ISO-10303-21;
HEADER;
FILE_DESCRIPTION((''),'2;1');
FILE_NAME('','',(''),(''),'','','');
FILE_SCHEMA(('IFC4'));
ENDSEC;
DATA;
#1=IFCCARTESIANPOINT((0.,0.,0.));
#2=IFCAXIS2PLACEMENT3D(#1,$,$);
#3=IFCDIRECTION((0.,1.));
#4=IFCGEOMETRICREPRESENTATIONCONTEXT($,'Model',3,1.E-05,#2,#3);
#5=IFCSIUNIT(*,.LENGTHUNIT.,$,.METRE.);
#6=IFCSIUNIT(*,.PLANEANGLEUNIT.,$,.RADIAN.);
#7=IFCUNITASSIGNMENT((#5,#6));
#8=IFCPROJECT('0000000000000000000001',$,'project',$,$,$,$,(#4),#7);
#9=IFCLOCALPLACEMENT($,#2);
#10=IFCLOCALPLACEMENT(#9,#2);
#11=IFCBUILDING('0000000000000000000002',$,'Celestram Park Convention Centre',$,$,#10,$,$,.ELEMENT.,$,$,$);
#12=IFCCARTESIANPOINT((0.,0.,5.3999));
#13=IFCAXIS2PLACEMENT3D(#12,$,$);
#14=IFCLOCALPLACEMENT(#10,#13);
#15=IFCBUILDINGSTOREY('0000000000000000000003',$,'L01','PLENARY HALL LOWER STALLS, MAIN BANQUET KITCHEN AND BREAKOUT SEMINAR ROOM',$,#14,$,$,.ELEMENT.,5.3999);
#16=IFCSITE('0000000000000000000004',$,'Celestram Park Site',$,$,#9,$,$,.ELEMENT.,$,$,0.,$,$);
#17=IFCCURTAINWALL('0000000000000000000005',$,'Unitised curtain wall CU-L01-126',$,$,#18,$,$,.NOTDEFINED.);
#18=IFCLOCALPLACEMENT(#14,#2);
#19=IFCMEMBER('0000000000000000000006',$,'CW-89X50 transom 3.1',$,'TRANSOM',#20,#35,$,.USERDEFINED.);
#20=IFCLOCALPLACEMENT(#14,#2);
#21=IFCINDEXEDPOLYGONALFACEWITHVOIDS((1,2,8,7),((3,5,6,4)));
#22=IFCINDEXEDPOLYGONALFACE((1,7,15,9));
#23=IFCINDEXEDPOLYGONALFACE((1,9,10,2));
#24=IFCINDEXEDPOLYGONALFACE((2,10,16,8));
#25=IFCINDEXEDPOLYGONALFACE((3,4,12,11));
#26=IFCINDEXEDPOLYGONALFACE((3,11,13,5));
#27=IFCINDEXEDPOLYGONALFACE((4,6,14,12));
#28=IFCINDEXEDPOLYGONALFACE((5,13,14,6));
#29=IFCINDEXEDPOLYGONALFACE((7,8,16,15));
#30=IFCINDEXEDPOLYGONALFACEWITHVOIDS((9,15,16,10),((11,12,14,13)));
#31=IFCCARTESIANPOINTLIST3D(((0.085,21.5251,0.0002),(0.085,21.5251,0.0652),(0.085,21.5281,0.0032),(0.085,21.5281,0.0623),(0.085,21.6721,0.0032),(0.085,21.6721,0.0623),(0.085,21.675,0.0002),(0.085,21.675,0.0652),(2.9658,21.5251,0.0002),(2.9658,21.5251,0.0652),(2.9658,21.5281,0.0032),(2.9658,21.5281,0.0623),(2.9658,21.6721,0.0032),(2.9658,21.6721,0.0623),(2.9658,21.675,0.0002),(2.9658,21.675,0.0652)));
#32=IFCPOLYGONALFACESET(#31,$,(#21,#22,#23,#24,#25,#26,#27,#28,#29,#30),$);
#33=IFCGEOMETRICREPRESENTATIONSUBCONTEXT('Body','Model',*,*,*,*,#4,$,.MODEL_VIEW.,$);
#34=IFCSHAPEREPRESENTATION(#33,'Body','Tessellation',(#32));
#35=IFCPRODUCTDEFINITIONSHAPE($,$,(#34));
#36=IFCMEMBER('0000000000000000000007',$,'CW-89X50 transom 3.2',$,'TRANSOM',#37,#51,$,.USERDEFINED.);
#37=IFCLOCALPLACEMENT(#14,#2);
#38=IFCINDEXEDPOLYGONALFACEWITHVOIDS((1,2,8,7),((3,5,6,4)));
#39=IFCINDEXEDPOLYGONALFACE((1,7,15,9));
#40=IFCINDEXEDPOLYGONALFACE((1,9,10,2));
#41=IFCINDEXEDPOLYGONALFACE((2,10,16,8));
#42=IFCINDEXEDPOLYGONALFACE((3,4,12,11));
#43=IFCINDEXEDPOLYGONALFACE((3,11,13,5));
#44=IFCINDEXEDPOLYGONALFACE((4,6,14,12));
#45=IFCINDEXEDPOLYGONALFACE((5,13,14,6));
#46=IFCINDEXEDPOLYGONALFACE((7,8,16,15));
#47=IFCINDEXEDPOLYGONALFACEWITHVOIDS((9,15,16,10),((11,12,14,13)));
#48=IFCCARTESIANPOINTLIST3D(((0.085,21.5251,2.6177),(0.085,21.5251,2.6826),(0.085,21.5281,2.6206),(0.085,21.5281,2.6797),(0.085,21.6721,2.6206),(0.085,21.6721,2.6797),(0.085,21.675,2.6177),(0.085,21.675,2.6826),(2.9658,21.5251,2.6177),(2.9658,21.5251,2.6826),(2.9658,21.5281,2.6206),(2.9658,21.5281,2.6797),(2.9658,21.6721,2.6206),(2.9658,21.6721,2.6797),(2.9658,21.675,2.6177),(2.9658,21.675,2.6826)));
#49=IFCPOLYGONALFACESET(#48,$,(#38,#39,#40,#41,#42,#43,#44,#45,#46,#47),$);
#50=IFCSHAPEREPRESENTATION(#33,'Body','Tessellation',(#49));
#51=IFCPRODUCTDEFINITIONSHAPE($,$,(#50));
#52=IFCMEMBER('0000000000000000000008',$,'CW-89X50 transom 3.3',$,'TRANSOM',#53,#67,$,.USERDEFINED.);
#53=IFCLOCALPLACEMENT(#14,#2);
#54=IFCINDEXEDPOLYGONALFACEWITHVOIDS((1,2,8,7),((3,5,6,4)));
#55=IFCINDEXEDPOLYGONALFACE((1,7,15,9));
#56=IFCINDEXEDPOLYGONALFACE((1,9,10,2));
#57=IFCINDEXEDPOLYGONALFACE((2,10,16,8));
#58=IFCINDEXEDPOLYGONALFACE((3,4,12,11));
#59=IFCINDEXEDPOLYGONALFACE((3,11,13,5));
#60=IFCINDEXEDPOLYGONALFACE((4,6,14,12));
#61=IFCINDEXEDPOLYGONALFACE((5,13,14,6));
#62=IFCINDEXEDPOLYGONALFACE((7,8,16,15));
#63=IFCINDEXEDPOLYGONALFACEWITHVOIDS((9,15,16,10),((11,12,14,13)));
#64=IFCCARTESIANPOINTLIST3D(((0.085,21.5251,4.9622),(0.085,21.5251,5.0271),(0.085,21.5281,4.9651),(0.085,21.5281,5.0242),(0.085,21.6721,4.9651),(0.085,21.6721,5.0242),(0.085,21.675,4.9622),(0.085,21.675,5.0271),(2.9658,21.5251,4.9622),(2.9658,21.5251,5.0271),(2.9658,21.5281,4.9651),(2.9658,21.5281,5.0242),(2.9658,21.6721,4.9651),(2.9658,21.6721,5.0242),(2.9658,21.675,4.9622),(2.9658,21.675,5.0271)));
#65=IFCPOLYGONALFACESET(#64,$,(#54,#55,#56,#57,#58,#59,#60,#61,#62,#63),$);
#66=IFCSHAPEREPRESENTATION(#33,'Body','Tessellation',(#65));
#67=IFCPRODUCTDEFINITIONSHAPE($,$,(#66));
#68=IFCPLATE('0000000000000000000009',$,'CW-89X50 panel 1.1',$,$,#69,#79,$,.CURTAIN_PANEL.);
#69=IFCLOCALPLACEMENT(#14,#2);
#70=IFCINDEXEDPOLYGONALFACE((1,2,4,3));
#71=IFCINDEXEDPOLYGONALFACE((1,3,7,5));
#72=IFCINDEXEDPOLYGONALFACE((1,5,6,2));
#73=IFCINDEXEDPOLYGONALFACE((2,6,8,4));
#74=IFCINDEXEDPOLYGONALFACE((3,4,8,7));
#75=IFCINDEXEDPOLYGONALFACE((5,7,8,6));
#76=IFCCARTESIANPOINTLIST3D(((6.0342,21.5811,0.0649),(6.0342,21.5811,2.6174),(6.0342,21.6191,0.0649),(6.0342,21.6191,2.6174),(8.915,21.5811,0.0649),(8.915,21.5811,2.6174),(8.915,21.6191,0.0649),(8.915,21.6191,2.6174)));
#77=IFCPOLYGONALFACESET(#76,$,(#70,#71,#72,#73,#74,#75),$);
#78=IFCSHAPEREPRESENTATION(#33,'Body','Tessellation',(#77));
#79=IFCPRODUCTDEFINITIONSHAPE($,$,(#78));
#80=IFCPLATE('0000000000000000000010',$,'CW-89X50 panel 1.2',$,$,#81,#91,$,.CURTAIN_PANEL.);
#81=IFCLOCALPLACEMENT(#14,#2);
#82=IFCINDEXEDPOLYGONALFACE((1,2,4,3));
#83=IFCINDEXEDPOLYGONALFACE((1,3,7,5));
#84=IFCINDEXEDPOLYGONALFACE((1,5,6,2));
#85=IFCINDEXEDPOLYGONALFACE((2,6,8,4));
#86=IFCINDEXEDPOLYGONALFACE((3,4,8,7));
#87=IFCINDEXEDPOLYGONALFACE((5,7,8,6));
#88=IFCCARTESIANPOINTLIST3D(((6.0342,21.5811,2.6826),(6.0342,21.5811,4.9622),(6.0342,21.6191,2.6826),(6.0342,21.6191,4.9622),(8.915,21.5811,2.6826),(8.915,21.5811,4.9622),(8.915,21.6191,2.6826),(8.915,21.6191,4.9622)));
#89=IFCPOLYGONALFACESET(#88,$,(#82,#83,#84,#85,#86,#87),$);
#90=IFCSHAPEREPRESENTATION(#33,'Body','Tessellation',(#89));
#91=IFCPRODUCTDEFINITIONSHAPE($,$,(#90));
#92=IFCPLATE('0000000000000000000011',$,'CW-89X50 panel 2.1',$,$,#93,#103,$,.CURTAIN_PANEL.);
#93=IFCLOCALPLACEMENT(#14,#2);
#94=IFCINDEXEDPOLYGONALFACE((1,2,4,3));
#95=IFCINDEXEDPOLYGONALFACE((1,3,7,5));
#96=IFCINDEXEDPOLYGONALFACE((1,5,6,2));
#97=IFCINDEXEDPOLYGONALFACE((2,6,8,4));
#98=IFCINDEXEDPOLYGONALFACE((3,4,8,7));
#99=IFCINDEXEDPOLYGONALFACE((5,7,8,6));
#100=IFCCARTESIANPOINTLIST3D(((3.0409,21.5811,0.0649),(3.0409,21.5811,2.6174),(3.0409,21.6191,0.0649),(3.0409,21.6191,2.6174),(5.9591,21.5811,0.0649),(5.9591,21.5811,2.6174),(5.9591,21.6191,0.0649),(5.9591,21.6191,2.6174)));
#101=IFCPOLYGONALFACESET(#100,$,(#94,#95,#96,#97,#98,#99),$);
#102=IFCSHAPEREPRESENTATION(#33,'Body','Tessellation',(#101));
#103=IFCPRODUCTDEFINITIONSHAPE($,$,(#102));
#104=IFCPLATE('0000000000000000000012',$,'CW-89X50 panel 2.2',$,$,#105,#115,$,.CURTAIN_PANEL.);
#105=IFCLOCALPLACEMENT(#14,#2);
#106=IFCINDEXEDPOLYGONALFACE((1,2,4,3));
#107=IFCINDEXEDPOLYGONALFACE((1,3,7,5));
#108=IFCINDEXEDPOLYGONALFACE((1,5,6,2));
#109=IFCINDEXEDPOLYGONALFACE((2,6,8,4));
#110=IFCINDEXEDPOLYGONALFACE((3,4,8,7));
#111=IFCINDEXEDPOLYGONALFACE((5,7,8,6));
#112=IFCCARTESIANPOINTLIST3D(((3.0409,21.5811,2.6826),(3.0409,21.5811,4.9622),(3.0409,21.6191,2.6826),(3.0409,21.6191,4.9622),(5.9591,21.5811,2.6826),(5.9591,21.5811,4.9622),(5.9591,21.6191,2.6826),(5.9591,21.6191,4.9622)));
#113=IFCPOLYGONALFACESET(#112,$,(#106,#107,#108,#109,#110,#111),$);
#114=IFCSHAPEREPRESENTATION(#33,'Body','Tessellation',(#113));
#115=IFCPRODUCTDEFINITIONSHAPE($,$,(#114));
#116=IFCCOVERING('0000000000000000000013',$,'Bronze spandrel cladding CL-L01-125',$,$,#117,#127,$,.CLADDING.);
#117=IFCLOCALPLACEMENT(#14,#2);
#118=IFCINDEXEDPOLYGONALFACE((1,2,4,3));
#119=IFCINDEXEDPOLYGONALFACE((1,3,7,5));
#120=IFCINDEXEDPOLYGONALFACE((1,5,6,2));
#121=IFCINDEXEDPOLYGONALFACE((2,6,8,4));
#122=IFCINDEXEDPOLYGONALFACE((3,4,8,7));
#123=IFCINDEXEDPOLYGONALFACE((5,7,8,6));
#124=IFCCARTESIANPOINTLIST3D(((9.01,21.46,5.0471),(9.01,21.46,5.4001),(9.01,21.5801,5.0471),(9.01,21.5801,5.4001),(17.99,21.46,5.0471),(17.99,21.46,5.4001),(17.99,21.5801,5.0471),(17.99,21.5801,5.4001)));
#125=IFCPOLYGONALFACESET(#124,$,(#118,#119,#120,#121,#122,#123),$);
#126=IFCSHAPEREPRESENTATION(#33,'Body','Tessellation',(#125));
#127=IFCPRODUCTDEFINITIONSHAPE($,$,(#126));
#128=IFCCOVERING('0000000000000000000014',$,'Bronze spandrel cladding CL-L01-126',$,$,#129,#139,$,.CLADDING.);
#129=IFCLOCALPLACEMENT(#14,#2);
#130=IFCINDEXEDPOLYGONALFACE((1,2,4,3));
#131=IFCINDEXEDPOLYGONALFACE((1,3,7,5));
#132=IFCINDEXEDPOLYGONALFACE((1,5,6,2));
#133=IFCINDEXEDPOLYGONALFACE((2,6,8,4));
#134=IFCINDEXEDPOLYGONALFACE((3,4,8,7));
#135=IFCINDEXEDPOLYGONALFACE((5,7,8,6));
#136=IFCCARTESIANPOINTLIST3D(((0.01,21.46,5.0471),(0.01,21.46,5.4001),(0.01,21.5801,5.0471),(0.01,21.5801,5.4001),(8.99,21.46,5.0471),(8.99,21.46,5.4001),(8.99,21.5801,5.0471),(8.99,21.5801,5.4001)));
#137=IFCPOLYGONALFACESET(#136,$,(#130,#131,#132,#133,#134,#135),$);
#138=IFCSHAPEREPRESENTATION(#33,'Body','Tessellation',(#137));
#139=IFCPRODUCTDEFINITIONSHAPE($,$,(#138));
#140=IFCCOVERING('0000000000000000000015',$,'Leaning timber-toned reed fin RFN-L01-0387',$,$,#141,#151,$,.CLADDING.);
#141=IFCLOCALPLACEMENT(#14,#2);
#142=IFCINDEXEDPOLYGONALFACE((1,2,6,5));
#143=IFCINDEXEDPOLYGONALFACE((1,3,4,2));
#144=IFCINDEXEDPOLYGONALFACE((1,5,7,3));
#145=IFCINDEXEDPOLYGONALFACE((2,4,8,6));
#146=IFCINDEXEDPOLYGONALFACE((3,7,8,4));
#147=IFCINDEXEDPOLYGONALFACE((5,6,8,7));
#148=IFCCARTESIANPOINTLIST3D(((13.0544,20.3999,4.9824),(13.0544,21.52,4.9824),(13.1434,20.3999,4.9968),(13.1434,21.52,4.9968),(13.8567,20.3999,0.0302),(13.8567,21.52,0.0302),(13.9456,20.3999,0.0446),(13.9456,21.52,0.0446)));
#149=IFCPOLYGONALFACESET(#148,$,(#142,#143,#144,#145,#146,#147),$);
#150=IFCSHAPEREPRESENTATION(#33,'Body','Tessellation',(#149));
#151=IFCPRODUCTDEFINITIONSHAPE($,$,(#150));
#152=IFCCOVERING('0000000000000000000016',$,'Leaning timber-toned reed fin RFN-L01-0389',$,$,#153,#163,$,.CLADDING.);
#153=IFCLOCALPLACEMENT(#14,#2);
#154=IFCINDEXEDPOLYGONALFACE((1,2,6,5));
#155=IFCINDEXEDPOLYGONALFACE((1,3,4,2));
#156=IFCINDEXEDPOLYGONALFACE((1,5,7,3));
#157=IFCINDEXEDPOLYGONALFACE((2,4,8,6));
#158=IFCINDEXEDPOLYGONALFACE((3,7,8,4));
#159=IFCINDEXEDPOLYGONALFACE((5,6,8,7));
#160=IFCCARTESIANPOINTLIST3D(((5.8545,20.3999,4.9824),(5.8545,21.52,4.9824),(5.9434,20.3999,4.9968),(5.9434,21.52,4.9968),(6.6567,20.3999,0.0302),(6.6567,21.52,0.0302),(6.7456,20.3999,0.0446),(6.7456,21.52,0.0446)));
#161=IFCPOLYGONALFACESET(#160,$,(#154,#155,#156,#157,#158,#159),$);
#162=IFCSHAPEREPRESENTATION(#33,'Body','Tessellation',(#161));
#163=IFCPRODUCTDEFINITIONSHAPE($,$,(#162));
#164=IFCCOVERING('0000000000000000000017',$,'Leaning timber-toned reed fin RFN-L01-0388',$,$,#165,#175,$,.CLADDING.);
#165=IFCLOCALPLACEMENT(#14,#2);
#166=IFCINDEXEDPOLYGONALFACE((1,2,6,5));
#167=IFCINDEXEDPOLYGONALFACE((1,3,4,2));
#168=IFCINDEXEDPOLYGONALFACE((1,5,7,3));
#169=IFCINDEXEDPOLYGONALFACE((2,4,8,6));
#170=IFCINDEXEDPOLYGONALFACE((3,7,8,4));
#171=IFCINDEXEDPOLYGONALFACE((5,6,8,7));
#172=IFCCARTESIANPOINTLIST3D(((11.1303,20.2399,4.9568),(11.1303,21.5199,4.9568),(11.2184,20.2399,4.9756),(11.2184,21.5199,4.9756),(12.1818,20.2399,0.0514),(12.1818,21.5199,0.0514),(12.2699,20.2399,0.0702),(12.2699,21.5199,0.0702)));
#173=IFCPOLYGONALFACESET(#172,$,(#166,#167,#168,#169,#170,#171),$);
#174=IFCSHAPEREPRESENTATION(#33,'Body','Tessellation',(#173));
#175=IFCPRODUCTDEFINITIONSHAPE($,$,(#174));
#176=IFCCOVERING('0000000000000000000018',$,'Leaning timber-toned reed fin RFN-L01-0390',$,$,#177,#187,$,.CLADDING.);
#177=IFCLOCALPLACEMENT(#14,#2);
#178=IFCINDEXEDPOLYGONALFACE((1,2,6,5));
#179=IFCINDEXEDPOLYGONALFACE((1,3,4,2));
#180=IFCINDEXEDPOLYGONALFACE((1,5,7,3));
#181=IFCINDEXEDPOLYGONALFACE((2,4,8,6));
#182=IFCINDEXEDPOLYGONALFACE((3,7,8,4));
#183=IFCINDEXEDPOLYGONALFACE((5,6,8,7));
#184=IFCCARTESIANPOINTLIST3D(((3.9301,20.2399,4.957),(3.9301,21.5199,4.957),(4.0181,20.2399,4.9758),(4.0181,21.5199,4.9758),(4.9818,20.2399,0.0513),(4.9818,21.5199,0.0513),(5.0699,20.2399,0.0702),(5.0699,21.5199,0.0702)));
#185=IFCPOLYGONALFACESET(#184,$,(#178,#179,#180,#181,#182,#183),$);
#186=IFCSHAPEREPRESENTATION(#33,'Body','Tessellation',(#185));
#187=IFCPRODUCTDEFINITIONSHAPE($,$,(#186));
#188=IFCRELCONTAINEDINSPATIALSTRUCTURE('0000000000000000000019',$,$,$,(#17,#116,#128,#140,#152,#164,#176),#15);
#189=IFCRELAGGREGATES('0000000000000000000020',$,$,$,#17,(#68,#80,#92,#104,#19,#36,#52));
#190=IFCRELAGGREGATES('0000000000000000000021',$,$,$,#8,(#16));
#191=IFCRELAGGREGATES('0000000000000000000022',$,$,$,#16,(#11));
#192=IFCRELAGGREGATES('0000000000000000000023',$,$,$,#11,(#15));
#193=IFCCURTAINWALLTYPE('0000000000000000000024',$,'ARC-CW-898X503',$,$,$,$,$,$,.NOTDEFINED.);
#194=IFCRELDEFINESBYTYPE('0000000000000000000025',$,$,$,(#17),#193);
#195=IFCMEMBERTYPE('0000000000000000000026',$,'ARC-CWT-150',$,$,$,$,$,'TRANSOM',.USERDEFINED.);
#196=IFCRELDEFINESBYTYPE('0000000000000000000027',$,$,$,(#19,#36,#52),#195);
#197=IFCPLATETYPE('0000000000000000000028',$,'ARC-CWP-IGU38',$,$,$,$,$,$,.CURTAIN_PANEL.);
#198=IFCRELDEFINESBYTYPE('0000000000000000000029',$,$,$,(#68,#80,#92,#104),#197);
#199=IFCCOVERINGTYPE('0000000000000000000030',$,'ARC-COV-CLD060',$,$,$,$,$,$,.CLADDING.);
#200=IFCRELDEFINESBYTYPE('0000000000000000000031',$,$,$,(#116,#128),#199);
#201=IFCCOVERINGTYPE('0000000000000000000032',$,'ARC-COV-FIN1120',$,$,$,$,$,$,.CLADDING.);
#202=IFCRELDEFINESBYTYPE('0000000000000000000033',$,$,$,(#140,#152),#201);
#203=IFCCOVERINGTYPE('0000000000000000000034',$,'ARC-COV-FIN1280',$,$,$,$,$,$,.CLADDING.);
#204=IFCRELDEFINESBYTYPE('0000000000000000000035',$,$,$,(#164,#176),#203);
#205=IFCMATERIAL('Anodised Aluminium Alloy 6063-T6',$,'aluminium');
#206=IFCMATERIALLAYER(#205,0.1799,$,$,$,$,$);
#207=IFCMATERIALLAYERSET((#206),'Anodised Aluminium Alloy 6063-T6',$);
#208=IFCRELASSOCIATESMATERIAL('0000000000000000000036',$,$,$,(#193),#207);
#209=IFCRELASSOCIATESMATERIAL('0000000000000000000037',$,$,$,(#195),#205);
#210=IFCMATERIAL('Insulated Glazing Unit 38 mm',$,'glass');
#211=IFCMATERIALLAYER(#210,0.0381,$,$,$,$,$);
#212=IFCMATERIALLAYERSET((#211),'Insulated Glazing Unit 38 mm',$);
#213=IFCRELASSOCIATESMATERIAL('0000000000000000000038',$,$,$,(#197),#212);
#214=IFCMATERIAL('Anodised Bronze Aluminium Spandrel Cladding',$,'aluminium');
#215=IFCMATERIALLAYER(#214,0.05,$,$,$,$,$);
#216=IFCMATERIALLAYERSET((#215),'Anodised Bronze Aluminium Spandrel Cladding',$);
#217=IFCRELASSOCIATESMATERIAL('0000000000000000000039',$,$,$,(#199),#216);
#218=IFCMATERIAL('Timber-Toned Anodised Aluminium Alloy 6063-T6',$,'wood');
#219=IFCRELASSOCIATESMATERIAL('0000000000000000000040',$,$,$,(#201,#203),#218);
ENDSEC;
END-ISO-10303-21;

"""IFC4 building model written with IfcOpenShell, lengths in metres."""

from ifc_helpers import new_model, si_unit, direction, frame, origin, origin_2d, place, context, subcontext, project, spatial, rectangle, hollow_rectangle, extrude, material, layer, layer_set, material_profile, profile_set, type_object, element, aggregate, save


model = new_model("IFC4")

# Units and contexts
model_context = context("Model", 3, precision=1e-05, world=origin(), true_north=direction((0.0, 1.0)))
body_context = subcontext(model_context, "Body", "Model", "MODEL_VIEW")
ifc_project = project(units=[si_unit("LENGTHUNIT", "METRE"), si_unit("PLANEANGLEUNIT", "RADIAN")], contexts=[model_context])

# Site, building, storey
site_placement = place(None, origin())
site = spatial("IfcSite", under=ifc_project, at=site_placement, Name="Celestram Park Site", CompositionType="ELEMENT", RefElevation=0.0)
building_placement = place(site_placement, origin())
building = spatial("IfcBuilding", under=site, at=building_placement, Name="Celestram Park Convention Centre", CompositionType="ELEMENT")
storey_placement = place(building_placement, frame((0.0, 0.0, 5.3999)))
storey = spatial("IfcBuildingStorey", under=building, at=storey_placement, Name="L01", Description="PLENARY HALL LOWER STALLS, MAIN BANQUET KITCHEN AND BREAKOUT SEMINAR ROOM", CompositionType="ELEMENT", Elevation=5.3999)

# Curtain wall, members, plates
ifc_material_1 = material(Name="Anodised Aluminium Alloy 6063-T6", Category="aluminium")
ifc_layer_1 = layer(ifc_material_1, 0.1799)
ifc_layer_set_1 = layer_set([ifc_layer_1], Name="Anodised Aluminium Alloy 6063-T6")
curtain_wall_type = type_object("IfcCurtainWallType", Name="ARC-CW-898X503", PredefinedType="NOTDEFINED", material=ifc_layer_set_1)
curtain_wall_placement = place(storey_placement, origin())
curtain_wall = element("IfcCurtainWall", 1, at=curtain_wall_placement, inside=storey, type_object=curtain_wall_type, Name="Unitised curtain wall CU-L01-126", PredefinedType="NOTDEFINED")
ifc_material_profile_1 = material_profile(ifc_material_1, hollow_rectangle(XDim=0.1499, YDim=0.0649, WallThickness=0.0029, at=origin_2d()), Name="ALU150X65X3")
ifc_profile_set_1 = profile_set([ifc_material_profile_1], Name="Anodised Aluminium Alloy 6063-T6")
member_type_1 = type_object("IfcMemberType", Name="ARC-CWT-150", ElementType="TRANSOM", PredefinedType="USERDEFINED", material=ifc_profile_set_1)
member_1_placement = place(storey_placement, frame((2.9658, 21.6001, 0.0327), z_axis=(-1.0, 0.0, 0.0), x_axis=(0.0, -1.0, 0.0)))
member_1 = element("IfcMember", 2, at=member_1_placement, type_object=member_type_1, Name="CW-89X50 transom 3.1", ObjectType="TRANSOM", PredefinedType="USERDEFINED", context=body_context, shape_type="SweptSolid", body=[
    extrude(hollow_rectangle(XDim=0.1499, YDim=0.0649, WallThickness=0.0029, at=origin_2d()), origin(), (0.0, 0.0, 1.0), 2.8809),
])
member_2_placement = place(storey_placement, frame((2.9658, 21.6001, 2.6501), z_axis=(-1.0, 0.0, 0.0), x_axis=(0.0, -1.0, 0.0)))
member_2 = element("IfcMember", 3, at=member_2_placement, type_object=member_type_1, Name="CW-89X50 transom 3.2", ObjectType="TRANSOM", PredefinedType="USERDEFINED", context=body_context, shape_type="SweptSolid", body=[
    extrude(hollow_rectangle(XDim=0.1499, YDim=0.0649, WallThickness=0.0029, at=origin_2d()), origin(), (0.0, 0.0, 1.0), 2.8809),
])
member_3_placement = place(storey_placement, frame((2.9658, 21.6001, 4.9946), z_axis=(-1.0, 0.0, 0.0), x_axis=(0.0, -1.0, 0.0)))
member_3 = element("IfcMember", 4, at=member_3_placement, type_object=member_type_1, Name="CW-89X50 transom 3.3", ObjectType="TRANSOM", PredefinedType="USERDEFINED", context=body_context, shape_type="SweptSolid", body=[
    extrude(hollow_rectangle(XDim=0.1499, YDim=0.0649, WallThickness=0.0029, at=origin_2d()), origin(), (0.0, 0.0, 1.0), 2.8809),
])
ifc_material_2 = material(Name="Insulated Glazing Unit 38 mm", Category="glass")
ifc_layer_2 = layer(ifc_material_2, 0.0381)
ifc_layer_set_2 = layer_set([ifc_layer_2], Name="Insulated Glazing Unit 38 mm")
plate_type = type_object("IfcPlateType", Name="ARC-CWP-IGU38", PredefinedType="CURTAIN_PANEL", material=ifc_layer_set_2)
plate_1_placement = place(storey_placement, frame((7.4746, 21.6001, 0.0649), z_axis=(0.0, 0.0, 1.0), x_axis=(-1.0, 0.0, 0.0)))
plate_1 = element("IfcPlate", 5, at=plate_1_placement, type_object=plate_type, Name="CW-89X50 panel 1.1", PredefinedType="CURTAIN_PANEL", context=body_context, shape_type="SweptSolid", body=[
    extrude(rectangle(XDim=2.8809, YDim=0.0381, at=origin_2d()), origin(), (0.0, 0.0, 1.0), 2.5525),
])
plate_2_placement = place(storey_placement, frame((7.4746, 21.6001, 2.6826), z_axis=(0.0, 0.0, 1.0), x_axis=(-1.0, 0.0, 0.0)))
plate_2 = element("IfcPlate", 6, at=plate_2_placement, type_object=plate_type, Name="CW-89X50 panel 1.2", PredefinedType="CURTAIN_PANEL", context=body_context, shape_type="SweptSolid", body=[
    extrude(rectangle(XDim=2.8809, YDim=0.0381, at=origin_2d()), origin(), (0.0, 0.0, 1.0), 2.2795),
])
plate_3_placement = place(storey_placement, frame((4.5, 21.6001, 0.0649), z_axis=(0.0, 0.0, 1.0), x_axis=(-1.0, 0.0, 0.0)))
plate_3 = element("IfcPlate", 7, at=plate_3_placement, type_object=plate_type, Name="CW-89X50 panel 2.1", PredefinedType="CURTAIN_PANEL", context=body_context, shape_type="SweptSolid", body=[
    extrude(rectangle(XDim=2.9182, YDim=0.0381, at=origin_2d()), origin(), (0.0, 0.0, 1.0), 2.5525),
])
plate_4_placement = place(storey_placement, frame((4.5, 21.6001, 2.6826), z_axis=(0.0, 0.0, 1.0), x_axis=(-1.0, 0.0, 0.0)))
plate_4 = element("IfcPlate", 8, at=plate_4_placement, type_object=plate_type, Name="CW-89X50 panel 2.2", PredefinedType="CURTAIN_PANEL", context=body_context, shape_type="SweptSolid", body=[
    extrude(rectangle(XDim=2.9182, YDim=0.0381, at=origin_2d()), origin(), (0.0, 0.0, 1.0), 2.2795),
])
aggregate(curtain_wall, [plate_1, plate_2, plate_3, plate_4, member_1, member_2, member_3])

# Coverings
ifc_material_3 = material(Name="Anodised Bronze Aluminium Spandrel Cladding", Category="aluminium")
ifc_layer_3 = layer(ifc_material_3, 0.05)
ifc_layer_set_3 = layer_set([ifc_layer_3], Name="Anodised Bronze Aluminium Spandrel Cladding")
covering_type_1 = type_object("IfcCoveringType", Name="ARC-COV-CLD060", PredefinedType="CLADDING", material=ifc_layer_set_3)
for number, where, z_axis, x_axis, name in (
    (9, (13.5, 21.52, 5.0471), (0.0, 0.0, 1.0), (-1.0, 0.0, 0.0), "Bronze spandrel cladding CL-L01-125"),
    (10, (4.5, 21.52, 5.0471), (0.0, 0.0, 1.0), (-1.0, 0.0, 0.0), "Bronze spandrel cladding CL-L01-126"),
):
    element("IfcCovering", number, at=place(storey_placement, frame(where, z_axis=z_axis, x_axis=x_axis)), inside=storey, type_object=covering_type_1, Name=name, PredefinedType="CLADDING", context=body_context, shape_type="SweptSolid", body=[
        extrude(rectangle(XDim=8.98, YDim=0.1201, at=origin_2d()), origin(), (0.0, 0.0, 1.0), 0.353),
    ])
ifc_material_4 = material(Name="Timber-Toned Anodised Aluminium Alloy 6063-T6", Category="wood")
ifc_material_profile_2 = material_profile(ifc_material_4, rectangle(XDim=1.1201, YDim=0.0901, at=origin_2d()), Name="REED1120X90")
ifc_profile_set_2 = profile_set([ifc_material_profile_2], Name="Timber-Toned Anodised Aluminium Alloy 6063-T6")
covering_type_2 = type_object("IfcCoveringType", Name="ARC-COV-FIN1120", PredefinedType="CLADDING", material=ifc_profile_set_2)
for number, where, z_axis, x_axis, name in (
    (11, (13.9011, 20.96, 0.0374), (-0.159907, 0.0, 0.987132), (0.0, -1.0, 0.0), "Leaning timber-toned reed fin RFN-L01-0387"),
    (12, (6.7012, 20.96, 0.0374), (-0.159907, 0.0, 0.987132), (0.0, -1.0, 0.0), "Leaning timber-toned reed fin RFN-L01-0389"),
):
    element("IfcCovering", number, at=place(storey_placement, frame(where, z_axis=z_axis, x_axis=x_axis)), inside=storey, type_object=covering_type_2, Name=name, PredefinedType="CLADDING", context=body_context, shape_type="SweptSolid", body=[
        extrude(rectangle(XDim=1.1201, YDim=0.0901, at=origin_2d()), origin(), (0.0, 0.0, 1.0), 5.0168),
    ])
ifc_material_profile_3 = material_profile(ifc_material_4, rectangle(XDim=1.28, YDim=0.0901, at=origin_2d()), Name="REED1280X90")
ifc_profile_set_3 = profile_set([ifc_material_profile_3], Name="Timber-Toned Anodised Aluminium Alloy 6063-T6")
covering_type_3 = type_object("IfcCoveringType", Name="ARC-COV-FIN1280", PredefinedType="CLADDING", material=ifc_profile_set_3)
covering_1_placement = place(storey_placement, frame((12.2258, 20.8799, 0.0608), z_axis=(-0.209592, 0.0, 0.977789), x_axis=(0.0, -1.0, 0.0)))
element("IfcCovering", 13, at=covering_1_placement, inside=storey, type_object=covering_type_3, Name="Leaning timber-toned reed fin RFN-L01-0388", PredefinedType="CLADDING", context=body_context, shape_type="SweptSolid", body=[
    extrude(rectangle(XDim=1.28, YDim=0.0901, at=origin_2d()), origin(), (0.0, 0.0, 1.0), 5.0168),
])
covering_2_placement = place(storey_placement, frame((5.0259, 20.8799, 0.0608), z_axis=(-0.209639, 0.0, 0.977779), x_axis=(0.0, -1.0, 0.0)))
element("IfcCovering", 14, at=covering_2_placement, inside=storey, type_object=covering_type_3, Name="Leaning timber-toned reed fin RFN-L01-0390", PredefinedType="CLADDING", context=body_context, shape_type="SweptSolid", body=[
    extrude(rectangle(XDim=1.28, YDim=0.0901, at=origin_2d()), origin(), (0.0, 0.0, 1.0), 5.0171),
])

save(model, "model.ifc")
